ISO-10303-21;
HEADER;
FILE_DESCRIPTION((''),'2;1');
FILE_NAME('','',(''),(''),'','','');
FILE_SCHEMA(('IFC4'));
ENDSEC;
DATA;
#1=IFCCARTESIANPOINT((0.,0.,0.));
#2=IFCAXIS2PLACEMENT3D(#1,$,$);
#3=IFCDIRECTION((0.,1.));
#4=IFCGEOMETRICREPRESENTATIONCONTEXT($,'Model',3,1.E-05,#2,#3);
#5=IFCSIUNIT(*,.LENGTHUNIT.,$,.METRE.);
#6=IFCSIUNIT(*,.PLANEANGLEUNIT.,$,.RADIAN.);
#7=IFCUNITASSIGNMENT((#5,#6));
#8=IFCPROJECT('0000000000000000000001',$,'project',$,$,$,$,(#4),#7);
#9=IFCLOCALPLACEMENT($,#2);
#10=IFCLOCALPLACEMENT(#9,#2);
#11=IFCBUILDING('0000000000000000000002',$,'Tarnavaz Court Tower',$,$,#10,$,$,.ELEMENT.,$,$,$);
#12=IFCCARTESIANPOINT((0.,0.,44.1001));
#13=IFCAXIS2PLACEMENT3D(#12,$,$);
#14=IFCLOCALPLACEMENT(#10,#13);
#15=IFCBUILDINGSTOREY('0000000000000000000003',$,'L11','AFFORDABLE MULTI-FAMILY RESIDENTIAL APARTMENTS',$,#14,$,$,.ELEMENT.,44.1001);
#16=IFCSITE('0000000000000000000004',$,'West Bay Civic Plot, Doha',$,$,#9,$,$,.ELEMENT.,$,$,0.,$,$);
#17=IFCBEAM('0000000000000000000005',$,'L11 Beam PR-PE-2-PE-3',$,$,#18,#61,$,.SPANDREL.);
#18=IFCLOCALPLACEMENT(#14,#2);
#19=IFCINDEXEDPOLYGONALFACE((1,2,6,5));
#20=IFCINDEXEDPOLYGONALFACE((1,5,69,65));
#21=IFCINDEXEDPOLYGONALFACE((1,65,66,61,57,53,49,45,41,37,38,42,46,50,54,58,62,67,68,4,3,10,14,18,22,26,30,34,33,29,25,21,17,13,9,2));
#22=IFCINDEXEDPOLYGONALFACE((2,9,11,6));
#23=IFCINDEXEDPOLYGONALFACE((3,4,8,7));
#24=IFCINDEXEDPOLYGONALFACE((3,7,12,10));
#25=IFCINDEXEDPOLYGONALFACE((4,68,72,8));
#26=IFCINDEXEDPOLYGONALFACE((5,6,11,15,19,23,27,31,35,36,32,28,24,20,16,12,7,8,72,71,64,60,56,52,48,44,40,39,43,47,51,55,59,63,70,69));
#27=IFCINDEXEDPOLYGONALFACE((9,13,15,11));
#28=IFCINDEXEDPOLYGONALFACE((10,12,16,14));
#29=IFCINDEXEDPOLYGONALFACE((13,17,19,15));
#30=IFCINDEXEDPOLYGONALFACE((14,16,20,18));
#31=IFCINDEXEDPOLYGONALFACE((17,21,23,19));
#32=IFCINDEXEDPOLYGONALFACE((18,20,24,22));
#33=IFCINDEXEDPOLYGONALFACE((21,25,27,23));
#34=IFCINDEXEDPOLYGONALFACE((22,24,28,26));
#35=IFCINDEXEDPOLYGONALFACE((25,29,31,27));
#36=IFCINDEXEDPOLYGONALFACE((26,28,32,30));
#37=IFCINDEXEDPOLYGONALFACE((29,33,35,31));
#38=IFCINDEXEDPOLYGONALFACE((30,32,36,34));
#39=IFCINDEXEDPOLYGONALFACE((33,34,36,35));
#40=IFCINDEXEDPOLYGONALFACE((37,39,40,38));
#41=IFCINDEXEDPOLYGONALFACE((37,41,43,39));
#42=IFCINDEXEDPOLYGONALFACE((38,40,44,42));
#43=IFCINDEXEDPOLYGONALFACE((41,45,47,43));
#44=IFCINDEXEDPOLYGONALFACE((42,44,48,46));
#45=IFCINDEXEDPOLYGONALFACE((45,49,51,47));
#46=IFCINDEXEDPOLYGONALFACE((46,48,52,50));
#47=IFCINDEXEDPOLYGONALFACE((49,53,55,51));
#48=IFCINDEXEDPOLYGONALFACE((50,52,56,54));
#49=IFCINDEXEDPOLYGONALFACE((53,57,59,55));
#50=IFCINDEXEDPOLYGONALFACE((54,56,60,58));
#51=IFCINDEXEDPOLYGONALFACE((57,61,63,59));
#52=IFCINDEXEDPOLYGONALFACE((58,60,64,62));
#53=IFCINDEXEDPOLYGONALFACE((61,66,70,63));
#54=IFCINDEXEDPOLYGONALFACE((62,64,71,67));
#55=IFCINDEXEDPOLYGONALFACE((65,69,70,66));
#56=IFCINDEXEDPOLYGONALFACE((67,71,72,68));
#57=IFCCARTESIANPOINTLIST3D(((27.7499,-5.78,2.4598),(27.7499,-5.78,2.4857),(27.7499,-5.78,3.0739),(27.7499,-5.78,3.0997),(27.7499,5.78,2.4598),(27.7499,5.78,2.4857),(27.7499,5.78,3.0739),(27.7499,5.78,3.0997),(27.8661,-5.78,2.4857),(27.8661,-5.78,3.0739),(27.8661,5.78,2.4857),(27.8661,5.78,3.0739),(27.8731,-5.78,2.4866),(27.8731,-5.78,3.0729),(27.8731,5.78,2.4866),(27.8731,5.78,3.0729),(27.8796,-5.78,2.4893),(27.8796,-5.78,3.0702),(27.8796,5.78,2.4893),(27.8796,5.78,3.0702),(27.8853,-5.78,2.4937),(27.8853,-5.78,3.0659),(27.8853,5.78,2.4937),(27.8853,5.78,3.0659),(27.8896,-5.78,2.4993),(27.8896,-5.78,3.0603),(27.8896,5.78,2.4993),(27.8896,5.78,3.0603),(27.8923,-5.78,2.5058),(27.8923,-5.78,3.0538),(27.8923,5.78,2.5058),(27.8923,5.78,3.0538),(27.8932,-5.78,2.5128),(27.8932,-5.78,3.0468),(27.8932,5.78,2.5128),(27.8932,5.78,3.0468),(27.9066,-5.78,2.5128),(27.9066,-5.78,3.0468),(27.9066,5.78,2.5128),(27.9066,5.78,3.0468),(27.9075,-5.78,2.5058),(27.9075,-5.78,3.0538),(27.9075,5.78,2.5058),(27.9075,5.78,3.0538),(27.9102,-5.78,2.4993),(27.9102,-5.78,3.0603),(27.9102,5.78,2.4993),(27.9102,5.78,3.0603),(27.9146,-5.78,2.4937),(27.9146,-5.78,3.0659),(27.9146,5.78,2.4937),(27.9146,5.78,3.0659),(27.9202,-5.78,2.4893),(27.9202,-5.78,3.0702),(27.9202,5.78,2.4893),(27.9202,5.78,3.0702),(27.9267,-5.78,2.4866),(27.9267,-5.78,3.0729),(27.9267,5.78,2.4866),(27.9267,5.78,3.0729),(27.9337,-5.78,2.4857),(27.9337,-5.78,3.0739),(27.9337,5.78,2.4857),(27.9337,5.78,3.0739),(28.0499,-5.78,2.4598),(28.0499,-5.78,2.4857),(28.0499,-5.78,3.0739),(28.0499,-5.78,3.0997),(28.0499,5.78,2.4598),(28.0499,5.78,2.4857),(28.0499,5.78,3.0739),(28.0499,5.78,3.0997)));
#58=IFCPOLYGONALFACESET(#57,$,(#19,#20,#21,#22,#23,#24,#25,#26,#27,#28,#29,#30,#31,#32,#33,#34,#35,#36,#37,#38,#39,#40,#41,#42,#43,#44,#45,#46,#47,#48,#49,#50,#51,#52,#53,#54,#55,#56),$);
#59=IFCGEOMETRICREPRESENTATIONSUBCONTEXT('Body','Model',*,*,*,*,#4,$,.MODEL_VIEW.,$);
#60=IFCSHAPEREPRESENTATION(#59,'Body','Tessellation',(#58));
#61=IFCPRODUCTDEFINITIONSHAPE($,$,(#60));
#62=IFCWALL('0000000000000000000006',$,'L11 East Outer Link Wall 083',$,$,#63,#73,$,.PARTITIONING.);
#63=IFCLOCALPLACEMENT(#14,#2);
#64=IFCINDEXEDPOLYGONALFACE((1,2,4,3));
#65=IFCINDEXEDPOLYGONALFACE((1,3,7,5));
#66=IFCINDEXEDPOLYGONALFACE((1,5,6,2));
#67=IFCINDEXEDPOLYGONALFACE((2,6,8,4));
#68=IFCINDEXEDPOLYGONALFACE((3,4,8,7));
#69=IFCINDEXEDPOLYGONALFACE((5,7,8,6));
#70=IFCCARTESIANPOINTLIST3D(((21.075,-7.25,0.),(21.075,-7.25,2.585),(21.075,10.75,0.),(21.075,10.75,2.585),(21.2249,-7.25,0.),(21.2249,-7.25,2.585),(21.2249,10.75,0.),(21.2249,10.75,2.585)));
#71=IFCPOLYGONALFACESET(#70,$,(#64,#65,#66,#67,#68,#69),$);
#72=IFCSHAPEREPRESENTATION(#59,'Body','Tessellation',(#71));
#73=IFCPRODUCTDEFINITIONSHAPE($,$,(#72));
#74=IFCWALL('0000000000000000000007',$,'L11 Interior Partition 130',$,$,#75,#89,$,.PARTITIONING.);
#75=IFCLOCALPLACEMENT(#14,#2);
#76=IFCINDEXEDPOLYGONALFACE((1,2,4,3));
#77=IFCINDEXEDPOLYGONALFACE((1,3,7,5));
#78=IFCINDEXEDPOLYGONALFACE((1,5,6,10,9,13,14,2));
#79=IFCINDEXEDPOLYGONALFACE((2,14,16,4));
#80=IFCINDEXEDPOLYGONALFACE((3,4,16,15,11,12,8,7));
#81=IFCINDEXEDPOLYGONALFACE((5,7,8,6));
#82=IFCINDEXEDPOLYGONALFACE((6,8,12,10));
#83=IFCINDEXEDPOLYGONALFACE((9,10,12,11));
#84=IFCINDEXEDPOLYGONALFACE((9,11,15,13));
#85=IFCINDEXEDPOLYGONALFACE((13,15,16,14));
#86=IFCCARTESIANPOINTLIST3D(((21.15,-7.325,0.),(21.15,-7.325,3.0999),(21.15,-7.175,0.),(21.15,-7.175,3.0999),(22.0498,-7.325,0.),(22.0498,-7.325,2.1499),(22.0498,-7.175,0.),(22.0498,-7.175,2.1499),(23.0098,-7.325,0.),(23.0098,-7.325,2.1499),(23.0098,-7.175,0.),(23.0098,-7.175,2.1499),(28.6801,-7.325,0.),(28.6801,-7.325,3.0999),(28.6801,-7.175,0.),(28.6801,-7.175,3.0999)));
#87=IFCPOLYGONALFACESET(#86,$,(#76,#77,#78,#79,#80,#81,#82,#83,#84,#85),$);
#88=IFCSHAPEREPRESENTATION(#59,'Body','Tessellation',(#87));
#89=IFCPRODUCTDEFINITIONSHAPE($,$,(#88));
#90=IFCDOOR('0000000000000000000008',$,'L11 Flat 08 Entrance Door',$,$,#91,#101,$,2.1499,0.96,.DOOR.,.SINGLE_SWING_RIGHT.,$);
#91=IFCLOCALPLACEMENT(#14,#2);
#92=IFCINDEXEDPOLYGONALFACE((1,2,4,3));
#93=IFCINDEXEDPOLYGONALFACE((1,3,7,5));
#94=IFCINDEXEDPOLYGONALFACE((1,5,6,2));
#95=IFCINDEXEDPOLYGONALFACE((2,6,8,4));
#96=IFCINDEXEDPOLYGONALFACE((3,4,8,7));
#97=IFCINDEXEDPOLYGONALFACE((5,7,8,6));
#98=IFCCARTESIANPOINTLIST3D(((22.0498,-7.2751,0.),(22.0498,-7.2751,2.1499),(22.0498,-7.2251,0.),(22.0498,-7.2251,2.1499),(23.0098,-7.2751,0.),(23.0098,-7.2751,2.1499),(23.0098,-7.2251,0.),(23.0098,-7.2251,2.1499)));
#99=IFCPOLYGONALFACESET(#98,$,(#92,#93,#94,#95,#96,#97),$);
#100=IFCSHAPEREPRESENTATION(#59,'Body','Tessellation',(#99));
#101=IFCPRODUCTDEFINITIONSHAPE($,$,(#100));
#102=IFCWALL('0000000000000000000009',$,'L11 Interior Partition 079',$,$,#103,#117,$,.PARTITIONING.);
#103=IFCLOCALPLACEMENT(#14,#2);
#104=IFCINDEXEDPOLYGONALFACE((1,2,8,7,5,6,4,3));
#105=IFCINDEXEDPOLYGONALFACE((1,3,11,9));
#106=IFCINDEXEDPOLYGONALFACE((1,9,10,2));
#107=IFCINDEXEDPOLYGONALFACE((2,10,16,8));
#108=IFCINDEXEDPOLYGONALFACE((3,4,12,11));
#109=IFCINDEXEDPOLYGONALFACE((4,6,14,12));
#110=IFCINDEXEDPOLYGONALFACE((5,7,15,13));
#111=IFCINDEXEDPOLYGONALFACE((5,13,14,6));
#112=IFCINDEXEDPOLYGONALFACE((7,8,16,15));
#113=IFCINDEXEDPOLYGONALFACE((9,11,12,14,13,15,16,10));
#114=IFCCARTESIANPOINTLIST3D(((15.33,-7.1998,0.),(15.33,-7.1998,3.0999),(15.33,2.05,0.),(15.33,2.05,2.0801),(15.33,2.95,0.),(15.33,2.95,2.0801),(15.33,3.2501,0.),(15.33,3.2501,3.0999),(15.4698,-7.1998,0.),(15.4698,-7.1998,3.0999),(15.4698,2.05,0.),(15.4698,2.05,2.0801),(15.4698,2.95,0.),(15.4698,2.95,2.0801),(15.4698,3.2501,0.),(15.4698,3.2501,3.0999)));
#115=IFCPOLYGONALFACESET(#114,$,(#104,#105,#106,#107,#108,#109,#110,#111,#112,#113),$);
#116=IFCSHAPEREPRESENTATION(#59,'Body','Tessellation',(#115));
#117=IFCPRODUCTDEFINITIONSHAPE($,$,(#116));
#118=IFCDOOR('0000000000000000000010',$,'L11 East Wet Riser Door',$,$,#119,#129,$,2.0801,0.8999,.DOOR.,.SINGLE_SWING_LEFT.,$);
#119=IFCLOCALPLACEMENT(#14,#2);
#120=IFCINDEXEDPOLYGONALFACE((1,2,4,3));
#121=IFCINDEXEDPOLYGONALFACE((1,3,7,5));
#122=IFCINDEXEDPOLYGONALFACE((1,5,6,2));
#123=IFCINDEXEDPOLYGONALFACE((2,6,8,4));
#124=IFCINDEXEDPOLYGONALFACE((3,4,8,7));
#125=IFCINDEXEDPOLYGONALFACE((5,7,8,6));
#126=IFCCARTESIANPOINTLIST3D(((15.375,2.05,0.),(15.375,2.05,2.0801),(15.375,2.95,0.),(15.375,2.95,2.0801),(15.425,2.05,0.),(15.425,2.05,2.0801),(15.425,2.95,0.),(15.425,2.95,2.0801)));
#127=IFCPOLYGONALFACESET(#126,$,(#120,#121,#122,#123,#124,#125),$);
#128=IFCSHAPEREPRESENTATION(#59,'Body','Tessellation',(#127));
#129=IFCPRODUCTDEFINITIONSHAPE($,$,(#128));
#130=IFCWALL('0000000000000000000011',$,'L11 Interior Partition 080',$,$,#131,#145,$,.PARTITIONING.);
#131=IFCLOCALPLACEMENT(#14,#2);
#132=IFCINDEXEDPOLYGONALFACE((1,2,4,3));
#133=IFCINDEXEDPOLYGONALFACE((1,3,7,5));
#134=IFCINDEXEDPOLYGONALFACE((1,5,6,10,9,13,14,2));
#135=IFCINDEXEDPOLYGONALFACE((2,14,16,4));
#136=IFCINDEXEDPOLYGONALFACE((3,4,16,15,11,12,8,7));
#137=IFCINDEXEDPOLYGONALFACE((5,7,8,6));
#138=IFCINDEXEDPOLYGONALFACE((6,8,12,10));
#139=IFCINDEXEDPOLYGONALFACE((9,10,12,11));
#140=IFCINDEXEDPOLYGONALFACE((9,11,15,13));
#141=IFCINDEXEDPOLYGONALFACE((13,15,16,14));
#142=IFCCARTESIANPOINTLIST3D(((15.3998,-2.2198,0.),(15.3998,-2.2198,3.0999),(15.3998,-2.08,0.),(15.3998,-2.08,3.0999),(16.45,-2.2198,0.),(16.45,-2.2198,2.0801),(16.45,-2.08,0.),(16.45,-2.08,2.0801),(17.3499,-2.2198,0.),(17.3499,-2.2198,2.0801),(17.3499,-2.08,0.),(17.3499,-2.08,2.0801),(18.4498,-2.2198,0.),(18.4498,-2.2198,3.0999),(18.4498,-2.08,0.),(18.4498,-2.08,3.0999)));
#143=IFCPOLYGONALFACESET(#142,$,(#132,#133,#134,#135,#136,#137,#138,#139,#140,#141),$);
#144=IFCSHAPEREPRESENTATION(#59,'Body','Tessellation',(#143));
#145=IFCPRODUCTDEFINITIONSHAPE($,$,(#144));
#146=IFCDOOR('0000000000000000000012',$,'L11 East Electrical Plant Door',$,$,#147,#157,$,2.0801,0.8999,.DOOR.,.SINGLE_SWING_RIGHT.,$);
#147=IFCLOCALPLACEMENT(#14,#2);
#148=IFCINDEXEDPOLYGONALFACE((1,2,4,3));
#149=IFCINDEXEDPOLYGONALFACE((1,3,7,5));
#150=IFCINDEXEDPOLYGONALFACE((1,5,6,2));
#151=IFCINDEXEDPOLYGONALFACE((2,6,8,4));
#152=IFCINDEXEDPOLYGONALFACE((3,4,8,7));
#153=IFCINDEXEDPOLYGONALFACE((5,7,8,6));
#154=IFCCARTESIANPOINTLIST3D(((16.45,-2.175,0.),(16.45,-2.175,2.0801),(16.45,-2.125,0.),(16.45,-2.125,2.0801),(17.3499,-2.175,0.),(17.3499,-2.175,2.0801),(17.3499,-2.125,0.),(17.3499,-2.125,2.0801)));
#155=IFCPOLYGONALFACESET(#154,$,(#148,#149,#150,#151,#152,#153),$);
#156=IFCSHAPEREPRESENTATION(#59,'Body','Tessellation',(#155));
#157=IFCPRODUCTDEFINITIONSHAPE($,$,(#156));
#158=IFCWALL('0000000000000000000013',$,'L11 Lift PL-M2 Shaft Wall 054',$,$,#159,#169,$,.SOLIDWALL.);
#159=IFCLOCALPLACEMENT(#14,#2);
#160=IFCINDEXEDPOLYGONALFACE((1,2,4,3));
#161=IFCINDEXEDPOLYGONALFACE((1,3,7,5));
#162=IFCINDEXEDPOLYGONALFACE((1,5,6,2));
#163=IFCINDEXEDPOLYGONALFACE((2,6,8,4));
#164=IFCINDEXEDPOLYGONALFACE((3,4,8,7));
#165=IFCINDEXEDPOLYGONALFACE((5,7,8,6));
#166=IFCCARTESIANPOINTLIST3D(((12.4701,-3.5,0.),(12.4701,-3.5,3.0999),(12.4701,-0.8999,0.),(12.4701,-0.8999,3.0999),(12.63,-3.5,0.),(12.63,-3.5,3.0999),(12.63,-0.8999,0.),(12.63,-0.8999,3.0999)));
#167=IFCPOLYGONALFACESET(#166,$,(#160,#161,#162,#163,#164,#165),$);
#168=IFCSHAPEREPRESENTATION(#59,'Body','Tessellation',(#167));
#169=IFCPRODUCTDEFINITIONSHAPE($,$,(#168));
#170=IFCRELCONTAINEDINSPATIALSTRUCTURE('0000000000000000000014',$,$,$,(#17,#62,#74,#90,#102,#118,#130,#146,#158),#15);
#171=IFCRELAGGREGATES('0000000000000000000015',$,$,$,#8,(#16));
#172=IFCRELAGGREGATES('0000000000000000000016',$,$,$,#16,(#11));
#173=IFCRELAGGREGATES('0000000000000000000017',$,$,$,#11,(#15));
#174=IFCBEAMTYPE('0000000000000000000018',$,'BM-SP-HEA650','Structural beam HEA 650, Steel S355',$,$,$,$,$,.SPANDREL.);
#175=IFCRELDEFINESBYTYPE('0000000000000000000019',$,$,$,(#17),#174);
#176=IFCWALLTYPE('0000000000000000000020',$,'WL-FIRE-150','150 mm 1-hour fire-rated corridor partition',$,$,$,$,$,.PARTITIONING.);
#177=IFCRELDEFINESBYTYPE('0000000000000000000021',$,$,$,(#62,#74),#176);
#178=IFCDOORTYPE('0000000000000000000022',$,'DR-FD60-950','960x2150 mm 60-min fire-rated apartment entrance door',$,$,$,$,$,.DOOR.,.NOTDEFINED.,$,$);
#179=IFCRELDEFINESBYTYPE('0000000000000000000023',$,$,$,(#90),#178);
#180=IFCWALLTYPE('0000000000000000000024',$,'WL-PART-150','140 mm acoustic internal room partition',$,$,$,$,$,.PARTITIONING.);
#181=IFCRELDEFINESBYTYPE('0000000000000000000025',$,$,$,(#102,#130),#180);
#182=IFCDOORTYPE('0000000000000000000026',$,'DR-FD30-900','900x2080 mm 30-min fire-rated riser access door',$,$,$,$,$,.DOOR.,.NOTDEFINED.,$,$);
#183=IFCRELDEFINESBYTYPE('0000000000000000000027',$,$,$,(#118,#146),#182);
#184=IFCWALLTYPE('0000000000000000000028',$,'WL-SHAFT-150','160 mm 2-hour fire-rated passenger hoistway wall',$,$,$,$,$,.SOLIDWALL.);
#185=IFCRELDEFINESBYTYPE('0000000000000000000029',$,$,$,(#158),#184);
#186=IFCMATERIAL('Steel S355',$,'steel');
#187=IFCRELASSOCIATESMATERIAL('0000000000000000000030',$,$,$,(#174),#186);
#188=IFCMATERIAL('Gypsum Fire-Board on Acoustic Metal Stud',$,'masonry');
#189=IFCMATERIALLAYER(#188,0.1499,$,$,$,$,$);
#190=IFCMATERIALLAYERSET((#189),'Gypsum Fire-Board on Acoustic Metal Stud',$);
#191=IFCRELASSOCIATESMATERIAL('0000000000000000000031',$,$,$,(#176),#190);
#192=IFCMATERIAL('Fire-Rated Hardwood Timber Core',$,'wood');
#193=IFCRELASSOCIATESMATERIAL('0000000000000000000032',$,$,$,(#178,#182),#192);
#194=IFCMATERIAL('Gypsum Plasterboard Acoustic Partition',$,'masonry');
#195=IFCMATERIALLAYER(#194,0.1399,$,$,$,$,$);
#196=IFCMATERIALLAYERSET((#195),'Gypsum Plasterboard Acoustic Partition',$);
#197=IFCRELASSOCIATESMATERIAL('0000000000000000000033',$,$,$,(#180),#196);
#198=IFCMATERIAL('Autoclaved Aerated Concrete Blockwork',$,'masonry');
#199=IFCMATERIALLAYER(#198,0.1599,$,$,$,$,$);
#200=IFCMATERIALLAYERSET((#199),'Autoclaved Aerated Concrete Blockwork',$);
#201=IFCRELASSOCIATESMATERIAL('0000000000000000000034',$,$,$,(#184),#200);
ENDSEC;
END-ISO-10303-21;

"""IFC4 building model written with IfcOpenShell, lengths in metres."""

from ifc_helpers import new_model, si_unit, direction, frame, frame_2d, origin, origin_2d, place, context, subcontext, project, spatial, rectangle, i_section, extrude, material, layer, layer_set, material_profile, profile_set, type_object, element, fill, save


model = new_model("IFC4")

# Units and contexts
model_context = context("Model", 3, precision=1e-05, world=origin(), true_north=direction((0.0, 1.0)))
body_context = subcontext(model_context, "Body", "Model", "MODEL_VIEW")
ifc_project = project(units=[si_unit("LENGTHUNIT", "METRE"), si_unit("PLANEANGLEUNIT", "RADIAN")], contexts=[model_context])

# Site, building, storey
site_placement = place(None, origin())
site = spatial("IfcSite", under=ifc_project, at=site_placement, Name="West Bay Civic Plot, Doha", CompositionType="ELEMENT", RefElevation=0.0)
building_placement = place(site_placement, origin())
building = spatial("IfcBuilding", under=site, at=building_placement, Name="Tarnavaz Court Tower", CompositionType="ELEMENT")
storey_placement = place(building_placement, frame((0.0, 0.0, 44.1001)))
storey = spatial("IfcBuildingStorey", under=building, at=storey_placement, Name="L11", Description="AFFORDABLE MULTI-FAMILY RESIDENTIAL APARTMENTS", CompositionType="ELEMENT", Elevation=44.1001)

# Beam
ifc_material_1 = material(Name="Steel S355", Category="steel")
ifc_material_profile_1 = material_profile(ifc_material_1, i_section(OverallWidth=0.3, OverallDepth=0.6399, WebThickness=0.0134, FlangeThickness=0.0259, FilletRadius=0.0271, at=origin_2d()), Name="HEA 650")
ifc_profile_set_1 = profile_set([ifc_material_profile_1], Name="Steel S355")
beam_type_1 = type_object("IfcBeamType", Name="BM-SP-HEA650", Description="Structural beam HEA 650, Steel S355", PredefinedType="SPANDREL", material=ifc_profile_set_1)
beam_1_placement = place(storey_placement, frame((27.8999, -5.78, 2.7798), z_axis=(0.0, 1.0, 0.0), x_axis=(-1.0, 0.0, 0.0)))
element("IfcBeam", 1, at=beam_1_placement, inside=storey, type_object=beam_type_1, Name="L11 Beam PR-PE-2-PE-3", PredefinedType="SPANDREL", context=body_context, shape_type="SweptSolid", body=[
    extrude(i_section(OverallWidth=0.3, OverallDepth=0.6399, WebThickness=0.0134, FlangeThickness=0.0259, FilletRadius=0.0271, at=origin_2d()), origin(), (0.0, 0.0, 1.0), 11.5601),
])

# Wall
ifc_material_2 = material(Name="Gypsum Fire-Board on Acoustic Metal Stud", Category="masonry")
ifc_layer_1 = layer(ifc_material_2, 0.1499)
ifc_layer_set_1 = layer_set([ifc_layer_1], Name="Gypsum Fire-Board on Acoustic Metal Stud")
wall_type_1 = type_object("IfcWallType", Name="WL-FIRE-150", Description="150 mm 1-hour fire-rated corridor partition", PredefinedType="PARTITIONING", material=ifc_layer_set_1)
wall_1_placement = place(storey_placement, frame((21.1499, -7.25, 0.0), z_axis=(0.0, 0.0, 1.0), x_axis=(0.0, 1.0, 0.0)))
element("IfcWall", 2, at=wall_1_placement, inside=storey, type_object=wall_type_1, Name="L11 East Outer Link Wall 083", PredefinedType="PARTITIONING", context=body_context, shape_type="SweptSolid", body=[
    extrude(rectangle(XDim=18.0, YDim=0.1499, at=frame_2d((9.0, 0.0))), origin(), (0.0, 0.0, 1.0), 2.585),
])

# Walls, openings, doors
wall_2_placement = place(storey_placement, frame((21.1499, -7.25, 0.0), z_axis=(0.0, 0.0, 1.0), x_axis=(1.0, 0.0, 0.0)))
wall_2 = element("IfcWall", 3, at=wall_2_placement, inside=storey, type_object=wall_type_1, Name="L11 Interior Partition 130", PredefinedType="PARTITIONING", context=body_context, shape_type="SweptSolid", body=[
    extrude(rectangle(XDim=7.53, YDim=0.1499, at=frame_2d((3.7651, 0.0))), origin(), (0.0, 0.0, 1.0), 3.0999),
])
opening_1_placement = place(wall_2_placement, frame((0.8999, 0.0, 0.0)))
opening_1 = element("IfcOpeningElement", 4, at=opening_1_placement, cuts=wall_2, PredefinedType="OPENING", context=body_context, shape_type="SweptSolid", body=[
    extrude(rectangle(XDim=0.96, YDim=2.1499, at=frame_2d((0.48, 1.075))), frame((0.0, 0.085, 0.0), z_axis=(0.0, -1.0, 0.0), x_axis=(1.0, 0.0, 0.0)), (0.0, 0.0, 1.0), 0.1699),
])
ifc_material_3 = material(Name="Fire-Rated Hardwood Timber Core", Category="wood")
door_type_1 = type_object("IfcDoorType", Name="DR-FD60-950", Description="960x2150 mm 60-min fire-rated apartment entrance door", OperationType="NOTDEFINED", PredefinedType="DOOR", material=ifc_material_3)
door_1_placement = place(opening_1_placement, origin())
door_1 = element("IfcDoor", 5, at=door_1_placement, inside=storey, type_object=door_type_1, Name="L11 Flat 08 Entrance Door", OperationType="SINGLE_SWING_RIGHT", OverallHeight=2.1499, OverallWidth=0.96, PredefinedType="DOOR", context=body_context, shape_type="SweptSolid", body=[
    extrude(rectangle(XDim=0.96, YDim=2.1499, at=frame_2d((0.48, 1.075))), frame((0.0, 0.0249, 0.0), z_axis=(0.0, -1.0, 0.0), x_axis=(1.0, 0.0, 0.0)), (0.0, 0.0, 1.0), 0.05),
])
fill(opening_1, door_1)
ifc_material_4 = material(Name="Gypsum Plasterboard Acoustic Partition", Category="masonry")
ifc_layer_2 = layer(ifc_material_4, 0.1399)
ifc_layer_set_2 = layer_set([ifc_layer_2], Name="Gypsum Plasterboard Acoustic Partition")
wall_type_2 = type_object("IfcWallType", Name="WL-PART-150", Description="140 mm acoustic internal room partition", PredefinedType="PARTITIONING", material=ifc_layer_set_2)
wall_3_placement = place(storey_placement, frame((15.3999, -7.2, 0.0), z_axis=(0.0, 0.0, 1.0), x_axis=(0.0, 1.0, 0.0)))
wall_3 = element("IfcWall", 6, at=wall_3_placement, inside=storey, type_object=wall_type_2, Name="L11 Interior Partition 079", PredefinedType="PARTITIONING", context=body_context, shape_type="SweptSolid", body=[
    extrude(rectangle(XDim=10.45, YDim=0.1399, at=frame_2d((5.2251, 0.0))), origin(), (0.0, 0.0, 1.0), 3.0999),
])
opening_2_placement = place(wall_3_placement, frame((9.25, 0.0, 0.0)))
opening_2 = element("IfcOpeningElement", 7, at=opening_2_placement, cuts=wall_3, PredefinedType="OPENING", context=body_context, shape_type="SweptSolid", body=[
    extrude(rectangle(XDim=0.8999, YDim=2.0801, at=frame_2d((0.45, 1.04))), frame((0.0, 0.0798, 0.0), z_axis=(0.0, -1.0, 0.0), x_axis=(1.0, 0.0, 0.0)), (0.0, 0.0, 1.0), 0.1599),
])
door_type_2 = type_object("IfcDoorType", Name="DR-FD30-900", Description="900x2080 mm 30-min fire-rated riser access door", OperationType="NOTDEFINED", PredefinedType="DOOR", material=ifc_material_3)
door_2_placement = place(opening_2_placement, origin())
door_2 = element("IfcDoor", 8, at=door_2_placement, inside=storey, type_object=door_type_2, Name="L11 East Wet Riser Door", OperationType="SINGLE_SWING_LEFT", OverallHeight=2.0801, OverallWidth=0.8999, PredefinedType="DOOR", context=body_context, shape_type="SweptSolid", body=[
    extrude(rectangle(XDim=0.8999, YDim=2.0801, at=frame_2d((0.45, 1.04))), frame((0.0, 0.0249, 0.0), z_axis=(0.0, -1.0, 0.0), x_axis=(1.0, 0.0, 0.0)), (0.0, 0.0, 1.0), 0.05),
])
fill(opening_2, door_2)
wall_4_placement = place(storey_placement, frame((15.3999, -2.1499, 0.0), z_axis=(0.0, 0.0, 1.0), x_axis=(1.0, 0.0, 0.0)))
wall_4 = element("IfcWall", 9, at=wall_4_placement, inside=storey, type_object=wall_type_2, Name="L11 Interior Partition 080", PredefinedType="PARTITIONING", context=body_context, shape_type="SweptSolid", body=[
    extrude(rectangle(XDim=3.05, YDim=0.1399, at=frame_2d((1.5249, 0.0))), origin(), (0.0, 0.0, 1.0), 3.0999),
])
opening_3_placement = place(wall_4_placement, frame((1.05, 0.0, 0.0)))
opening_3 = element("IfcOpeningElement", 10, at=opening_3_placement, cuts=wall_4, PredefinedType="OPENING", context=body_context, shape_type="SweptSolid", body=[
    extrude(rectangle(XDim=0.8999, YDim=2.0801, at=frame_2d((0.45, 1.04))), frame((0.0, 0.0798, 0.0), z_axis=(0.0, -1.0, 0.0), x_axis=(1.0, 0.0, 0.0)), (0.0, 0.0, 1.0), 0.1599),
])
door_3_placement = place(opening_3_placement, origin())
door_3 = element("IfcDoor", 11, at=door_3_placement, inside=storey, type_object=door_type_2, Name="L11 East Electrical Plant Door", OperationType="SINGLE_SWING_RIGHT", OverallHeight=2.0801, OverallWidth=0.8999, PredefinedType="DOOR", context=body_context, shape_type="SweptSolid", body=[
    extrude(rectangle(XDim=0.8999, YDim=2.0801, at=frame_2d((0.45, 1.04))), frame((0.0, 0.0249, 0.0), z_axis=(0.0, -1.0, 0.0), x_axis=(1.0, 0.0, 0.0)), (0.0, 0.0, 1.0), 0.05),
])
fill(opening_3, door_3)

# Wall
ifc_material_5 = material(Name="Autoclaved Aerated Concrete Blockwork", Category="masonry")
ifc_layer_3 = layer(ifc_material_5, 0.1599)
ifc_layer_set_3 = layer_set([ifc_layer_3], Name="Autoclaved Aerated Concrete Blockwork")
wall_type_3 = type_object("IfcWallType", Name="WL-SHAFT-150", Description="160 mm 2-hour fire-rated passenger hoistway wall", PredefinedType="SOLIDWALL", material=ifc_layer_set_3)
wall_5_placement = place(storey_placement, frame((12.55, -3.5, 0.0), z_axis=(0.0, 0.0, 1.0), x_axis=(0.0, 1.0, 0.0)))
element("IfcWall", 12, at=wall_5_placement, inside=storey, type_object=wall_type_3, Name="L11 Lift PL-M2 Shaft Wall 054", PredefinedType="SOLIDWALL", context=body_context, shape_type="SweptSolid", body=[
    extrude(rectangle(XDim=2.6001, YDim=0.1599, at=frame_2d((1.3, 0.0))), origin(), (0.0, 0.0, 1.0), 3.0999),
])

save(model, "model.ifc")
